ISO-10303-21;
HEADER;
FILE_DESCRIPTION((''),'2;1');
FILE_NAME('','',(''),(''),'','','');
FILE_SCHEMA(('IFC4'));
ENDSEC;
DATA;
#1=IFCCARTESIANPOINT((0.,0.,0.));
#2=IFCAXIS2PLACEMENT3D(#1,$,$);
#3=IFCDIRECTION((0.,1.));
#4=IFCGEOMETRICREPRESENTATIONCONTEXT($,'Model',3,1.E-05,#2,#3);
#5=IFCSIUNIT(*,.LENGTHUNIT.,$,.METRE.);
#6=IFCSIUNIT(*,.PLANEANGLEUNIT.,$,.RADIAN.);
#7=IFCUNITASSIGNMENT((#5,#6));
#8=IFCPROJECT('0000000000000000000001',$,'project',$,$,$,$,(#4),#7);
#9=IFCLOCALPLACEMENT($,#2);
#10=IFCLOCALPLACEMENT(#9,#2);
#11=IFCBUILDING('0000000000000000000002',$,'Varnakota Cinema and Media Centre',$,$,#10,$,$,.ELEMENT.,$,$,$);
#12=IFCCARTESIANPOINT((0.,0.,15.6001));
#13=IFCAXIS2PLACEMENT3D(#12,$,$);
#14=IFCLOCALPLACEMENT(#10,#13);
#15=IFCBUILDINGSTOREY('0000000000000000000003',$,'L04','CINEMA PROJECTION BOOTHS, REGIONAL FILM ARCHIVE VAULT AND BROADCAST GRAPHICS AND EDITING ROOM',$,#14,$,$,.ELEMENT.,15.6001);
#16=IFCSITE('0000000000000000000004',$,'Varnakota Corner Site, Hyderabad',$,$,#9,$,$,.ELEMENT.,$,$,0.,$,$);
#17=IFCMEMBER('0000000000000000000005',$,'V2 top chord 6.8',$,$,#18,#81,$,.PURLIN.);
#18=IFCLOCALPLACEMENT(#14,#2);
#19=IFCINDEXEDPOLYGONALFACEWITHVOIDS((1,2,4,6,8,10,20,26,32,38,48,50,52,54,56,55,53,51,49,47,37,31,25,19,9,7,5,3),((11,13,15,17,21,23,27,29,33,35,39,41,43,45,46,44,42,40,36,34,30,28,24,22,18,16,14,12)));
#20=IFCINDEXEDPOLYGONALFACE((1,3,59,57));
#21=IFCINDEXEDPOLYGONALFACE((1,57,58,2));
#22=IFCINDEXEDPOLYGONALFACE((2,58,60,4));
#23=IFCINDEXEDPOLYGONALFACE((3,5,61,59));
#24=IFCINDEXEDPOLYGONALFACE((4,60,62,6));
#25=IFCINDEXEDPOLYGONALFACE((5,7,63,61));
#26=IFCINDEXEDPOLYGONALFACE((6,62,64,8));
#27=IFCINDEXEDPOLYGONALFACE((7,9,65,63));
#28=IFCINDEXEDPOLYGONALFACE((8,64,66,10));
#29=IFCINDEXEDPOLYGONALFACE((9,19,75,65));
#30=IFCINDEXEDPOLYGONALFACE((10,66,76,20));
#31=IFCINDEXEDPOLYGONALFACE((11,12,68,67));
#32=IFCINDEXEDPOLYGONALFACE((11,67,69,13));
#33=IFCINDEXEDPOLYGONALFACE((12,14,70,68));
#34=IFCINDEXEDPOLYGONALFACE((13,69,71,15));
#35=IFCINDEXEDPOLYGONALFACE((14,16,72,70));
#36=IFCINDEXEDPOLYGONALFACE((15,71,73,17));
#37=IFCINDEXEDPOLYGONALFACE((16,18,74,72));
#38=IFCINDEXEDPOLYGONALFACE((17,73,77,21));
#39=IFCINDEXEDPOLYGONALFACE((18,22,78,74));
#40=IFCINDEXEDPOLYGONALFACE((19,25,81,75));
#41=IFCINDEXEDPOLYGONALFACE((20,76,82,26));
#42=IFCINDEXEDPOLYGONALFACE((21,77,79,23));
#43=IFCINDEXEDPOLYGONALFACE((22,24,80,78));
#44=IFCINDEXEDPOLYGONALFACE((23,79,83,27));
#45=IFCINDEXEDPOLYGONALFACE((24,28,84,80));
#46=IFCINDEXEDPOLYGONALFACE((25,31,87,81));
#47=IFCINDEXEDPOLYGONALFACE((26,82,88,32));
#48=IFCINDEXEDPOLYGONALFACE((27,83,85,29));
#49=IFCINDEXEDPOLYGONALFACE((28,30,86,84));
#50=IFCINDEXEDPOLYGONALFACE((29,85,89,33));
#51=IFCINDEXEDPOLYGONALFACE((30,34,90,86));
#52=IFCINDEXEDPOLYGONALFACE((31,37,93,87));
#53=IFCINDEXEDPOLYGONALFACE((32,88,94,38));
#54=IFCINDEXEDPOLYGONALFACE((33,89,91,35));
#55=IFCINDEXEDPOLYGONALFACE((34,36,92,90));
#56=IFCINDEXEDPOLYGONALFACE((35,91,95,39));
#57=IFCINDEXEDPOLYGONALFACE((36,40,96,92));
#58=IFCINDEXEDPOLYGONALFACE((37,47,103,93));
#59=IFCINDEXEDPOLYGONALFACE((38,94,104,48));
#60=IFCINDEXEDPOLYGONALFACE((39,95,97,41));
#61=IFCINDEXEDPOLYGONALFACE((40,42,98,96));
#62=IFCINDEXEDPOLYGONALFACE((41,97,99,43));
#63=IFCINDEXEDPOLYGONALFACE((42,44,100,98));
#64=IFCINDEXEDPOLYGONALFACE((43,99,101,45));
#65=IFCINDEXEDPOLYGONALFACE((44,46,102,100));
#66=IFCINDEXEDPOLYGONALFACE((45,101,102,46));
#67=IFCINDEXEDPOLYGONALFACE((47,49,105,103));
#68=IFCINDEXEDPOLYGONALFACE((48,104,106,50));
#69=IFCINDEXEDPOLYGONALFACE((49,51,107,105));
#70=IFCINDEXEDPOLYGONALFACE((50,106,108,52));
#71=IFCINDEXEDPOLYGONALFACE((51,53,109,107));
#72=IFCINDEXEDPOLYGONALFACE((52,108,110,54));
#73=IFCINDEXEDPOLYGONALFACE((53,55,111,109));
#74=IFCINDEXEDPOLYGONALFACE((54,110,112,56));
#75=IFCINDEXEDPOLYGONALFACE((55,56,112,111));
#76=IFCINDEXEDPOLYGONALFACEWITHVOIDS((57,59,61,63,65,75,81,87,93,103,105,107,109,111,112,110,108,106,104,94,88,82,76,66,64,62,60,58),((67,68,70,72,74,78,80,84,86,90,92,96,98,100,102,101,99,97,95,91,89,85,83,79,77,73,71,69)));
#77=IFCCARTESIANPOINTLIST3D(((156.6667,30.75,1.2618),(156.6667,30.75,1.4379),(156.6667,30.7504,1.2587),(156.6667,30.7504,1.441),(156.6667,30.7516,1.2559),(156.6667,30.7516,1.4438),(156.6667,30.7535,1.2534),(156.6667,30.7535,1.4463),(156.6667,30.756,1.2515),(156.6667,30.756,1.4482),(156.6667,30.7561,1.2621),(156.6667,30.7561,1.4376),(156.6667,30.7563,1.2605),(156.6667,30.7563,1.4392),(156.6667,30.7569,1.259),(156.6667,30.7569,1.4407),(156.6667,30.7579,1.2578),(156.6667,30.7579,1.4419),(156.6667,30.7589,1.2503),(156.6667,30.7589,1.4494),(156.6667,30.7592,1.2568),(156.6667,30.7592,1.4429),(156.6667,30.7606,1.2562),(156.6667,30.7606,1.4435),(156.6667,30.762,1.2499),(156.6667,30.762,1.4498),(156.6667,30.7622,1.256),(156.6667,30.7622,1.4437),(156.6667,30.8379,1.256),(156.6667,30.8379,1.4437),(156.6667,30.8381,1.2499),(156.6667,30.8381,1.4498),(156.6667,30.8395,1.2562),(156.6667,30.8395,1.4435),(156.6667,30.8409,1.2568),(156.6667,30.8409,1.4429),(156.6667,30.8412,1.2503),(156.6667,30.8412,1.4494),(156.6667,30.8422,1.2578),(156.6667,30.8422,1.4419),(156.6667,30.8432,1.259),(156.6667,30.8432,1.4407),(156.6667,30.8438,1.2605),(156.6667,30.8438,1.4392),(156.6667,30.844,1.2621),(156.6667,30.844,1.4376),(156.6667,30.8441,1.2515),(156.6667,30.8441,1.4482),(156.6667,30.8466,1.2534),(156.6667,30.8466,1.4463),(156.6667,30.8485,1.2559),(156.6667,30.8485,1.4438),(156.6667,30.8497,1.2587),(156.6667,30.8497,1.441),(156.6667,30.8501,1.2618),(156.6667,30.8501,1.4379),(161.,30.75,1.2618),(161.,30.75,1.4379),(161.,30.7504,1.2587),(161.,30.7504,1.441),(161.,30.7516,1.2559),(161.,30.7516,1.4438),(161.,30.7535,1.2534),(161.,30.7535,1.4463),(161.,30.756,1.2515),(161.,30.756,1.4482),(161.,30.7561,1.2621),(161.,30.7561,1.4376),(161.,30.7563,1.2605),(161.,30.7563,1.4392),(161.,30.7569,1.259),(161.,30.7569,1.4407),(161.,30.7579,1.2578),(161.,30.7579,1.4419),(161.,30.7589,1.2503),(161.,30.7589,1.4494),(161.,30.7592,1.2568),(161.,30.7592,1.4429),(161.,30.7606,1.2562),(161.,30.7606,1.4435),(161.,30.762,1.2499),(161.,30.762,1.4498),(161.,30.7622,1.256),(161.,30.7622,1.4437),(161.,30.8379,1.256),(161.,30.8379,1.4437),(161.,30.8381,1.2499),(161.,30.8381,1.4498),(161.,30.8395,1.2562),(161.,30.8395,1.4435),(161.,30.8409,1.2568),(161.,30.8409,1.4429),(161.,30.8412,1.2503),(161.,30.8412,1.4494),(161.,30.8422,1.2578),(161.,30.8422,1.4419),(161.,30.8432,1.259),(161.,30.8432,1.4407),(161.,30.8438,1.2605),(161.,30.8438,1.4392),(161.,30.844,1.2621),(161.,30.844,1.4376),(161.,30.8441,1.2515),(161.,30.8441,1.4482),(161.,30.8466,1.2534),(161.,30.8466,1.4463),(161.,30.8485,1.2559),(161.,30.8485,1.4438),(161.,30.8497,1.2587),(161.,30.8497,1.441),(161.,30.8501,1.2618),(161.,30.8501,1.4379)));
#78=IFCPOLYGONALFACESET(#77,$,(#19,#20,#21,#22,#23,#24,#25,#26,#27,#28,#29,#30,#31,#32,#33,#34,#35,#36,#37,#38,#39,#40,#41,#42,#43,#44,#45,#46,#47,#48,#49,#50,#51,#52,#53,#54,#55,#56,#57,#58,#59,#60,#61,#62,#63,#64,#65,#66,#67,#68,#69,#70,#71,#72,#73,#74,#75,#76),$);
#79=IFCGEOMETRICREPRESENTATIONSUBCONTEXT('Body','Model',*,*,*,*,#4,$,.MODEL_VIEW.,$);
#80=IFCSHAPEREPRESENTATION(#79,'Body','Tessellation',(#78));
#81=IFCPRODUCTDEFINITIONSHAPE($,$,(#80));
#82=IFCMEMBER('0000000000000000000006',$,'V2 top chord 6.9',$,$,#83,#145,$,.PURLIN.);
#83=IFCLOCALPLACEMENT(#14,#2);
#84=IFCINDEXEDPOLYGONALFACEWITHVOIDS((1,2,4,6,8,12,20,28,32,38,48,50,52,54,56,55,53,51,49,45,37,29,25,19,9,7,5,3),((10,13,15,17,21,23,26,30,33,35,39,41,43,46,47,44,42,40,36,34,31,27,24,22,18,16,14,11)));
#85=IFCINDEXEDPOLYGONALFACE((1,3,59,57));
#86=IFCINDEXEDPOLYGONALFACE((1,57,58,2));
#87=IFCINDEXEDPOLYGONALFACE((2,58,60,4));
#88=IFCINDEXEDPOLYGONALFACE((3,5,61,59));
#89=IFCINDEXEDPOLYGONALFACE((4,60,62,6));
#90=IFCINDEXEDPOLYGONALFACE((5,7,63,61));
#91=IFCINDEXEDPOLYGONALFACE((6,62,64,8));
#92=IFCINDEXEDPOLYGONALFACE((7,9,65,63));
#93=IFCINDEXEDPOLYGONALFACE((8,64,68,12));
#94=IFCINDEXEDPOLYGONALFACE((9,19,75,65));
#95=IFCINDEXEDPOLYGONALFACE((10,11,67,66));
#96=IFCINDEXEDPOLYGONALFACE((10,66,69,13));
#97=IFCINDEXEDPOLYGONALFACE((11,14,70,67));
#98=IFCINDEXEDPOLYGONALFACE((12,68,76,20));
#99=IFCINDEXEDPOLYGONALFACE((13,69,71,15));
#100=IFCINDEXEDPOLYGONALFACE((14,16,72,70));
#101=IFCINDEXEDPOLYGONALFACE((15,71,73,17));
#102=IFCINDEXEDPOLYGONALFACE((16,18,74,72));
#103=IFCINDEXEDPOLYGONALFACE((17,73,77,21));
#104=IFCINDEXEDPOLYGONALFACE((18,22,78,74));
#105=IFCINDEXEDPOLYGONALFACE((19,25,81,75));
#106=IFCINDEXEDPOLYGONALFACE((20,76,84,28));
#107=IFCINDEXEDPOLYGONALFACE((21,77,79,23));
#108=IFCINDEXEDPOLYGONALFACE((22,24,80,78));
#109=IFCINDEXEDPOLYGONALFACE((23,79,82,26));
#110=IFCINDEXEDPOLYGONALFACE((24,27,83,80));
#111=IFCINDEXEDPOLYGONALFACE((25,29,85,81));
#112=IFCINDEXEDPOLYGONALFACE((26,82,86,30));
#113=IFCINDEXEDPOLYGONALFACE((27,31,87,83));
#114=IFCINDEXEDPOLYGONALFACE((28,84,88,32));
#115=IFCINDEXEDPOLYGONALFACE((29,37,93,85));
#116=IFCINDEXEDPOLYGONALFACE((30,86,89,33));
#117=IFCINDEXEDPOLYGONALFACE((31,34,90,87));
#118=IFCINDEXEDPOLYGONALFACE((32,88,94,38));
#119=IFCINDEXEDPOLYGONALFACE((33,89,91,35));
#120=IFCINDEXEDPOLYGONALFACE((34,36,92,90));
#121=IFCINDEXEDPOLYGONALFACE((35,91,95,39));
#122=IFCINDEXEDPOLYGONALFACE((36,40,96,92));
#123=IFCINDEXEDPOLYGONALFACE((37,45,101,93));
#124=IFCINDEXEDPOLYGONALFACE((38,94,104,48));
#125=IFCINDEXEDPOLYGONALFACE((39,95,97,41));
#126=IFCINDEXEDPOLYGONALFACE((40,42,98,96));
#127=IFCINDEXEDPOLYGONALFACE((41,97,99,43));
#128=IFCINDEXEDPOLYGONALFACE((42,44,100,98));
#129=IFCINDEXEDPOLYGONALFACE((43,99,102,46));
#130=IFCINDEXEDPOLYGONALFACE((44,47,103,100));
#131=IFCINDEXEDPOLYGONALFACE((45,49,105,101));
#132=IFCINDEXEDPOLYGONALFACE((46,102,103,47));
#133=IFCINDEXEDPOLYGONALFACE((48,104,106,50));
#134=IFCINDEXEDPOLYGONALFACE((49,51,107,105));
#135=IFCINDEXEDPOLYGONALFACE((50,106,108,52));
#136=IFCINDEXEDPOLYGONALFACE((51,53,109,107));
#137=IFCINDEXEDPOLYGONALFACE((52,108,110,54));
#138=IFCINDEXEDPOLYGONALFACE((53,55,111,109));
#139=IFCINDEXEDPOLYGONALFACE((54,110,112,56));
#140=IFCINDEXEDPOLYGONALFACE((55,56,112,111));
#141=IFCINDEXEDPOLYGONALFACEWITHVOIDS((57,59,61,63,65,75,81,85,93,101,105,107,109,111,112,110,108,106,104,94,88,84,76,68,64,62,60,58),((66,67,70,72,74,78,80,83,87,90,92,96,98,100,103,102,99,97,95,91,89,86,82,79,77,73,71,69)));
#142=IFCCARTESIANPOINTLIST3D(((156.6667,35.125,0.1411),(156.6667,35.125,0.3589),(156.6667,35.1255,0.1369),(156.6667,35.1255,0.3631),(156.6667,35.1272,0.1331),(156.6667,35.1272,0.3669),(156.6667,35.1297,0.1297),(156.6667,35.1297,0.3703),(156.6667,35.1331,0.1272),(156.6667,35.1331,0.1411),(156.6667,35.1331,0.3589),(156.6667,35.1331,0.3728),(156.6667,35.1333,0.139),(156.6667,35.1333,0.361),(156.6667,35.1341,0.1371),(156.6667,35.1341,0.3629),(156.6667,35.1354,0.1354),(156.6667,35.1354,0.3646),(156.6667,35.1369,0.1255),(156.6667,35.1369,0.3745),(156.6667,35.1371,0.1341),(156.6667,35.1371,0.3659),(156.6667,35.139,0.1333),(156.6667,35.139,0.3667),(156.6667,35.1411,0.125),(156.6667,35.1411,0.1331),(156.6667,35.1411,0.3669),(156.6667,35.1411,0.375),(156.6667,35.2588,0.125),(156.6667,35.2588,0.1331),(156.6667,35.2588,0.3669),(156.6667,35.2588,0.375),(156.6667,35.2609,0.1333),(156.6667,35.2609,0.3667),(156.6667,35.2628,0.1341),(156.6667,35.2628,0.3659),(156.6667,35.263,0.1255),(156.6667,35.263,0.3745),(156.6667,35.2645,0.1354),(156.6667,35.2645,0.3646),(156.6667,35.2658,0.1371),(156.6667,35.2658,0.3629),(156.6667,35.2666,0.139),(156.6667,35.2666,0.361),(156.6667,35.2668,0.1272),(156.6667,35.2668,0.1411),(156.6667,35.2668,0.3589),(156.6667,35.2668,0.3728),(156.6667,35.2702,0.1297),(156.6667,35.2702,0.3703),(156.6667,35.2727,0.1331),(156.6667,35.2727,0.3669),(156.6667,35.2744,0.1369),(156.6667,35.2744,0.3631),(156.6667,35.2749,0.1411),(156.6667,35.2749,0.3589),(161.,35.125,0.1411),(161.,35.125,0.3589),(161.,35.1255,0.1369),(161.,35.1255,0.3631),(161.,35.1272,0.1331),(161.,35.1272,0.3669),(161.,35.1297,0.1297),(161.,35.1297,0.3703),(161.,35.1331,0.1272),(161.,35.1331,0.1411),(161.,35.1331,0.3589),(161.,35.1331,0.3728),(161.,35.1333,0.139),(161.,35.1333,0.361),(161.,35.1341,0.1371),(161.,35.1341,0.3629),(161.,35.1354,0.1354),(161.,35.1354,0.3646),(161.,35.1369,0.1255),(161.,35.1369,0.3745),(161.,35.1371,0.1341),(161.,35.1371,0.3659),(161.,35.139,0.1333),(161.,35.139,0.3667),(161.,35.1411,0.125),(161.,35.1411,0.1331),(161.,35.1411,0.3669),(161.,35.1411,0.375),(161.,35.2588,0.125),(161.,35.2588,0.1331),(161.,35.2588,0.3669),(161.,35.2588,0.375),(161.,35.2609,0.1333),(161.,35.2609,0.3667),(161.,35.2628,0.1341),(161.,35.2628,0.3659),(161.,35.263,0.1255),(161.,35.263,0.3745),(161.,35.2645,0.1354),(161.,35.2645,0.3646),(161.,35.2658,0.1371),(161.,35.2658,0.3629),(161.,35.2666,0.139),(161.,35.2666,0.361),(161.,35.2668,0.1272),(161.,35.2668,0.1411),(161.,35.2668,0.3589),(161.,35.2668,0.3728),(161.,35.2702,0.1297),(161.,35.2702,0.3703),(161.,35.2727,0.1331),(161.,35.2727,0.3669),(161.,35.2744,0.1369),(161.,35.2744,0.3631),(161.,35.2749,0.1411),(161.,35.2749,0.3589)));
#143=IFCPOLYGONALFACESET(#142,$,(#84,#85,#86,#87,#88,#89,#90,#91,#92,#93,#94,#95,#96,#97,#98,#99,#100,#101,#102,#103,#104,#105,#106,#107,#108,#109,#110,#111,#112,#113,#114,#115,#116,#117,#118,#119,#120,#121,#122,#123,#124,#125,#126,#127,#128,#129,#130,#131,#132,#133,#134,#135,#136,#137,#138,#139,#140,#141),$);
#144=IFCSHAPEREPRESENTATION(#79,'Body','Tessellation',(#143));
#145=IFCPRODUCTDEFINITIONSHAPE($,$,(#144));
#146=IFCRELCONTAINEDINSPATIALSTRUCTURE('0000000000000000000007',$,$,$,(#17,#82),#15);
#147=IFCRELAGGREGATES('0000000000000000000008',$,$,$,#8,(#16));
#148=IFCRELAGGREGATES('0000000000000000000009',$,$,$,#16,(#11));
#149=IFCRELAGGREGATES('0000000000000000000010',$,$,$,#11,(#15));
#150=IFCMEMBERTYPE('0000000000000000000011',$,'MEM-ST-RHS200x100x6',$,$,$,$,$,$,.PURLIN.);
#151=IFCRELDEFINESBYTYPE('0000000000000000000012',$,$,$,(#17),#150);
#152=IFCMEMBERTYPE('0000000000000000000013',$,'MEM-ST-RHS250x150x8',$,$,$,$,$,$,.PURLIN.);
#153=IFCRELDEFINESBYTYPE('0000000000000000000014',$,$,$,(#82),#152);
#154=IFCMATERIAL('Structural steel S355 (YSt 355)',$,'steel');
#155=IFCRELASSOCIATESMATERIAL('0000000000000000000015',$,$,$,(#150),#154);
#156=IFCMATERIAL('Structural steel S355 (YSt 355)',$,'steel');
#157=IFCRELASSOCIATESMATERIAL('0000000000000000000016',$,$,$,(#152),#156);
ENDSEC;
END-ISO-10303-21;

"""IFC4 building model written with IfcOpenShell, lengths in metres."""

from ifc_helpers import new_model, si_unit, direction, frame, origin, origin_2d, place, context, subcontext, project, spatial, hollow_rectangle, extrude, material, material_profile, profile_set, type_object, element, save


model = new_model("IFC4")

# Units and contexts
model_context = context("Model", 3, precision=1e-05, world=origin(), true_north=direction((0.0, 1.0)))
body_context = subcontext(model_context, "Body", "Model", "MODEL_VIEW")
ifc_project = project(units=[si_unit("LENGTHUNIT", "METRE"), si_unit("PLANEANGLEUNIT", "RADIAN")], contexts=[model_context])

# Site, building, storey
site_placement = place(None, origin())
site = spatial("IfcSite", under=ifc_project, at=site_placement, Name="Varnakota Corner Site, Hyderabad", CompositionType="ELEMENT", RefElevation=0.0)
building_placement = place(site_placement, origin())
building = spatial("IfcBuilding", under=site, at=building_placement, Name="Varnakota Cinema and Media Centre", CompositionType="ELEMENT")
storey_placement = place(building_placement, frame((0.0, 0.0, 15.6001)))
storey = spatial("IfcBuildingStorey", under=building, at=storey_placement, Name="L04", Description="CINEMA PROJECTION BOOTHS, REGIONAL FILM ARCHIVE VAULT AND BROADCAST GRAPHICS AND EDITING ROOM", CompositionType="ELEMENT", Elevation=15.6001)

# Members
ifc_material_1 = material(Name="Structural steel S355 (YSt 355)", Category="steel")
ifc_material_profile_1 = material_profile(ifc_material_1, hollow_rectangle(XDim=0.1001, YDim=0.2, WallThickness=0.0061, InnerFilletRadius=0.0061, OuterFilletRadius=0.012, at=origin_2d()), Name="RHS 200x100x6")
ifc_profile_set_1 = profile_set([ifc_material_profile_1], Name="Structural steel S355 (YSt 355)")
member_type_1 = type_object("IfcMemberType", Name="MEM-ST-RHS200x100x6", PredefinedType="PURLIN", material=ifc_profile_set_1)
member_1_placement = place(storey_placement, frame((156.6667, 30.8, 1.3499), z_axis=(1.0, 0.0, 0.0), x_axis=(0.0, 1.0, 0.0)))
element("IfcMember", 1, at=member_1_placement, inside=storey, type_object=member_type_1, Name="V2 top chord 6.8", PredefinedType="PURLIN", context=body_context, shape_type="SweptSolid", body=[
    extrude(hollow_rectangle(XDim=0.1001, YDim=0.2, WallThickness=0.0061, InnerFilletRadius=0.0061, OuterFilletRadius=0.012, at=origin_2d()), origin(), (0.0, 0.0, 1.0), 4.3333),
])
ifc_material_2 = material(Name="Structural steel S355 (YSt 355)", Category="steel")
ifc_material_profile_2 = material_profile(ifc_material_2, hollow_rectangle(XDim=0.1499, YDim=0.25, WallThickness=0.0081, InnerFilletRadius=0.0081, OuterFilletRadius=0.0161, at=origin_2d()), Name="RHS 250x150x8")
ifc_profile_set_2 = profile_set([ifc_material_profile_2], Name="Structural steel S355 (YSt 355)")
member_type_2 = type_object("IfcMemberType", Name="MEM-ST-RHS250x150x8", PredefinedType="PURLIN", material=ifc_profile_set_2)
member_2_placement = place(storey_placement, frame((156.6667, 35.2, 0.25), z_axis=(1.0, 0.0, 0.0), x_axis=(0.0, 1.0, 0.0)))
element("IfcMember", 2, at=member_2_placement, inside=storey, type_object=member_type_2, Name="V2 top chord 6.9", PredefinedType="PURLIN", context=body_context, shape_type="SweptSolid", body=[
    extrude(hollow_rectangle(XDim=0.1499, YDim=0.25, WallThickness=0.0081, InnerFilletRadius=0.0081, OuterFilletRadius=0.0161, at=origin_2d()), origin(), (0.0, 0.0, 1.0), 4.3333),
])

save(model, "model.ifc")
